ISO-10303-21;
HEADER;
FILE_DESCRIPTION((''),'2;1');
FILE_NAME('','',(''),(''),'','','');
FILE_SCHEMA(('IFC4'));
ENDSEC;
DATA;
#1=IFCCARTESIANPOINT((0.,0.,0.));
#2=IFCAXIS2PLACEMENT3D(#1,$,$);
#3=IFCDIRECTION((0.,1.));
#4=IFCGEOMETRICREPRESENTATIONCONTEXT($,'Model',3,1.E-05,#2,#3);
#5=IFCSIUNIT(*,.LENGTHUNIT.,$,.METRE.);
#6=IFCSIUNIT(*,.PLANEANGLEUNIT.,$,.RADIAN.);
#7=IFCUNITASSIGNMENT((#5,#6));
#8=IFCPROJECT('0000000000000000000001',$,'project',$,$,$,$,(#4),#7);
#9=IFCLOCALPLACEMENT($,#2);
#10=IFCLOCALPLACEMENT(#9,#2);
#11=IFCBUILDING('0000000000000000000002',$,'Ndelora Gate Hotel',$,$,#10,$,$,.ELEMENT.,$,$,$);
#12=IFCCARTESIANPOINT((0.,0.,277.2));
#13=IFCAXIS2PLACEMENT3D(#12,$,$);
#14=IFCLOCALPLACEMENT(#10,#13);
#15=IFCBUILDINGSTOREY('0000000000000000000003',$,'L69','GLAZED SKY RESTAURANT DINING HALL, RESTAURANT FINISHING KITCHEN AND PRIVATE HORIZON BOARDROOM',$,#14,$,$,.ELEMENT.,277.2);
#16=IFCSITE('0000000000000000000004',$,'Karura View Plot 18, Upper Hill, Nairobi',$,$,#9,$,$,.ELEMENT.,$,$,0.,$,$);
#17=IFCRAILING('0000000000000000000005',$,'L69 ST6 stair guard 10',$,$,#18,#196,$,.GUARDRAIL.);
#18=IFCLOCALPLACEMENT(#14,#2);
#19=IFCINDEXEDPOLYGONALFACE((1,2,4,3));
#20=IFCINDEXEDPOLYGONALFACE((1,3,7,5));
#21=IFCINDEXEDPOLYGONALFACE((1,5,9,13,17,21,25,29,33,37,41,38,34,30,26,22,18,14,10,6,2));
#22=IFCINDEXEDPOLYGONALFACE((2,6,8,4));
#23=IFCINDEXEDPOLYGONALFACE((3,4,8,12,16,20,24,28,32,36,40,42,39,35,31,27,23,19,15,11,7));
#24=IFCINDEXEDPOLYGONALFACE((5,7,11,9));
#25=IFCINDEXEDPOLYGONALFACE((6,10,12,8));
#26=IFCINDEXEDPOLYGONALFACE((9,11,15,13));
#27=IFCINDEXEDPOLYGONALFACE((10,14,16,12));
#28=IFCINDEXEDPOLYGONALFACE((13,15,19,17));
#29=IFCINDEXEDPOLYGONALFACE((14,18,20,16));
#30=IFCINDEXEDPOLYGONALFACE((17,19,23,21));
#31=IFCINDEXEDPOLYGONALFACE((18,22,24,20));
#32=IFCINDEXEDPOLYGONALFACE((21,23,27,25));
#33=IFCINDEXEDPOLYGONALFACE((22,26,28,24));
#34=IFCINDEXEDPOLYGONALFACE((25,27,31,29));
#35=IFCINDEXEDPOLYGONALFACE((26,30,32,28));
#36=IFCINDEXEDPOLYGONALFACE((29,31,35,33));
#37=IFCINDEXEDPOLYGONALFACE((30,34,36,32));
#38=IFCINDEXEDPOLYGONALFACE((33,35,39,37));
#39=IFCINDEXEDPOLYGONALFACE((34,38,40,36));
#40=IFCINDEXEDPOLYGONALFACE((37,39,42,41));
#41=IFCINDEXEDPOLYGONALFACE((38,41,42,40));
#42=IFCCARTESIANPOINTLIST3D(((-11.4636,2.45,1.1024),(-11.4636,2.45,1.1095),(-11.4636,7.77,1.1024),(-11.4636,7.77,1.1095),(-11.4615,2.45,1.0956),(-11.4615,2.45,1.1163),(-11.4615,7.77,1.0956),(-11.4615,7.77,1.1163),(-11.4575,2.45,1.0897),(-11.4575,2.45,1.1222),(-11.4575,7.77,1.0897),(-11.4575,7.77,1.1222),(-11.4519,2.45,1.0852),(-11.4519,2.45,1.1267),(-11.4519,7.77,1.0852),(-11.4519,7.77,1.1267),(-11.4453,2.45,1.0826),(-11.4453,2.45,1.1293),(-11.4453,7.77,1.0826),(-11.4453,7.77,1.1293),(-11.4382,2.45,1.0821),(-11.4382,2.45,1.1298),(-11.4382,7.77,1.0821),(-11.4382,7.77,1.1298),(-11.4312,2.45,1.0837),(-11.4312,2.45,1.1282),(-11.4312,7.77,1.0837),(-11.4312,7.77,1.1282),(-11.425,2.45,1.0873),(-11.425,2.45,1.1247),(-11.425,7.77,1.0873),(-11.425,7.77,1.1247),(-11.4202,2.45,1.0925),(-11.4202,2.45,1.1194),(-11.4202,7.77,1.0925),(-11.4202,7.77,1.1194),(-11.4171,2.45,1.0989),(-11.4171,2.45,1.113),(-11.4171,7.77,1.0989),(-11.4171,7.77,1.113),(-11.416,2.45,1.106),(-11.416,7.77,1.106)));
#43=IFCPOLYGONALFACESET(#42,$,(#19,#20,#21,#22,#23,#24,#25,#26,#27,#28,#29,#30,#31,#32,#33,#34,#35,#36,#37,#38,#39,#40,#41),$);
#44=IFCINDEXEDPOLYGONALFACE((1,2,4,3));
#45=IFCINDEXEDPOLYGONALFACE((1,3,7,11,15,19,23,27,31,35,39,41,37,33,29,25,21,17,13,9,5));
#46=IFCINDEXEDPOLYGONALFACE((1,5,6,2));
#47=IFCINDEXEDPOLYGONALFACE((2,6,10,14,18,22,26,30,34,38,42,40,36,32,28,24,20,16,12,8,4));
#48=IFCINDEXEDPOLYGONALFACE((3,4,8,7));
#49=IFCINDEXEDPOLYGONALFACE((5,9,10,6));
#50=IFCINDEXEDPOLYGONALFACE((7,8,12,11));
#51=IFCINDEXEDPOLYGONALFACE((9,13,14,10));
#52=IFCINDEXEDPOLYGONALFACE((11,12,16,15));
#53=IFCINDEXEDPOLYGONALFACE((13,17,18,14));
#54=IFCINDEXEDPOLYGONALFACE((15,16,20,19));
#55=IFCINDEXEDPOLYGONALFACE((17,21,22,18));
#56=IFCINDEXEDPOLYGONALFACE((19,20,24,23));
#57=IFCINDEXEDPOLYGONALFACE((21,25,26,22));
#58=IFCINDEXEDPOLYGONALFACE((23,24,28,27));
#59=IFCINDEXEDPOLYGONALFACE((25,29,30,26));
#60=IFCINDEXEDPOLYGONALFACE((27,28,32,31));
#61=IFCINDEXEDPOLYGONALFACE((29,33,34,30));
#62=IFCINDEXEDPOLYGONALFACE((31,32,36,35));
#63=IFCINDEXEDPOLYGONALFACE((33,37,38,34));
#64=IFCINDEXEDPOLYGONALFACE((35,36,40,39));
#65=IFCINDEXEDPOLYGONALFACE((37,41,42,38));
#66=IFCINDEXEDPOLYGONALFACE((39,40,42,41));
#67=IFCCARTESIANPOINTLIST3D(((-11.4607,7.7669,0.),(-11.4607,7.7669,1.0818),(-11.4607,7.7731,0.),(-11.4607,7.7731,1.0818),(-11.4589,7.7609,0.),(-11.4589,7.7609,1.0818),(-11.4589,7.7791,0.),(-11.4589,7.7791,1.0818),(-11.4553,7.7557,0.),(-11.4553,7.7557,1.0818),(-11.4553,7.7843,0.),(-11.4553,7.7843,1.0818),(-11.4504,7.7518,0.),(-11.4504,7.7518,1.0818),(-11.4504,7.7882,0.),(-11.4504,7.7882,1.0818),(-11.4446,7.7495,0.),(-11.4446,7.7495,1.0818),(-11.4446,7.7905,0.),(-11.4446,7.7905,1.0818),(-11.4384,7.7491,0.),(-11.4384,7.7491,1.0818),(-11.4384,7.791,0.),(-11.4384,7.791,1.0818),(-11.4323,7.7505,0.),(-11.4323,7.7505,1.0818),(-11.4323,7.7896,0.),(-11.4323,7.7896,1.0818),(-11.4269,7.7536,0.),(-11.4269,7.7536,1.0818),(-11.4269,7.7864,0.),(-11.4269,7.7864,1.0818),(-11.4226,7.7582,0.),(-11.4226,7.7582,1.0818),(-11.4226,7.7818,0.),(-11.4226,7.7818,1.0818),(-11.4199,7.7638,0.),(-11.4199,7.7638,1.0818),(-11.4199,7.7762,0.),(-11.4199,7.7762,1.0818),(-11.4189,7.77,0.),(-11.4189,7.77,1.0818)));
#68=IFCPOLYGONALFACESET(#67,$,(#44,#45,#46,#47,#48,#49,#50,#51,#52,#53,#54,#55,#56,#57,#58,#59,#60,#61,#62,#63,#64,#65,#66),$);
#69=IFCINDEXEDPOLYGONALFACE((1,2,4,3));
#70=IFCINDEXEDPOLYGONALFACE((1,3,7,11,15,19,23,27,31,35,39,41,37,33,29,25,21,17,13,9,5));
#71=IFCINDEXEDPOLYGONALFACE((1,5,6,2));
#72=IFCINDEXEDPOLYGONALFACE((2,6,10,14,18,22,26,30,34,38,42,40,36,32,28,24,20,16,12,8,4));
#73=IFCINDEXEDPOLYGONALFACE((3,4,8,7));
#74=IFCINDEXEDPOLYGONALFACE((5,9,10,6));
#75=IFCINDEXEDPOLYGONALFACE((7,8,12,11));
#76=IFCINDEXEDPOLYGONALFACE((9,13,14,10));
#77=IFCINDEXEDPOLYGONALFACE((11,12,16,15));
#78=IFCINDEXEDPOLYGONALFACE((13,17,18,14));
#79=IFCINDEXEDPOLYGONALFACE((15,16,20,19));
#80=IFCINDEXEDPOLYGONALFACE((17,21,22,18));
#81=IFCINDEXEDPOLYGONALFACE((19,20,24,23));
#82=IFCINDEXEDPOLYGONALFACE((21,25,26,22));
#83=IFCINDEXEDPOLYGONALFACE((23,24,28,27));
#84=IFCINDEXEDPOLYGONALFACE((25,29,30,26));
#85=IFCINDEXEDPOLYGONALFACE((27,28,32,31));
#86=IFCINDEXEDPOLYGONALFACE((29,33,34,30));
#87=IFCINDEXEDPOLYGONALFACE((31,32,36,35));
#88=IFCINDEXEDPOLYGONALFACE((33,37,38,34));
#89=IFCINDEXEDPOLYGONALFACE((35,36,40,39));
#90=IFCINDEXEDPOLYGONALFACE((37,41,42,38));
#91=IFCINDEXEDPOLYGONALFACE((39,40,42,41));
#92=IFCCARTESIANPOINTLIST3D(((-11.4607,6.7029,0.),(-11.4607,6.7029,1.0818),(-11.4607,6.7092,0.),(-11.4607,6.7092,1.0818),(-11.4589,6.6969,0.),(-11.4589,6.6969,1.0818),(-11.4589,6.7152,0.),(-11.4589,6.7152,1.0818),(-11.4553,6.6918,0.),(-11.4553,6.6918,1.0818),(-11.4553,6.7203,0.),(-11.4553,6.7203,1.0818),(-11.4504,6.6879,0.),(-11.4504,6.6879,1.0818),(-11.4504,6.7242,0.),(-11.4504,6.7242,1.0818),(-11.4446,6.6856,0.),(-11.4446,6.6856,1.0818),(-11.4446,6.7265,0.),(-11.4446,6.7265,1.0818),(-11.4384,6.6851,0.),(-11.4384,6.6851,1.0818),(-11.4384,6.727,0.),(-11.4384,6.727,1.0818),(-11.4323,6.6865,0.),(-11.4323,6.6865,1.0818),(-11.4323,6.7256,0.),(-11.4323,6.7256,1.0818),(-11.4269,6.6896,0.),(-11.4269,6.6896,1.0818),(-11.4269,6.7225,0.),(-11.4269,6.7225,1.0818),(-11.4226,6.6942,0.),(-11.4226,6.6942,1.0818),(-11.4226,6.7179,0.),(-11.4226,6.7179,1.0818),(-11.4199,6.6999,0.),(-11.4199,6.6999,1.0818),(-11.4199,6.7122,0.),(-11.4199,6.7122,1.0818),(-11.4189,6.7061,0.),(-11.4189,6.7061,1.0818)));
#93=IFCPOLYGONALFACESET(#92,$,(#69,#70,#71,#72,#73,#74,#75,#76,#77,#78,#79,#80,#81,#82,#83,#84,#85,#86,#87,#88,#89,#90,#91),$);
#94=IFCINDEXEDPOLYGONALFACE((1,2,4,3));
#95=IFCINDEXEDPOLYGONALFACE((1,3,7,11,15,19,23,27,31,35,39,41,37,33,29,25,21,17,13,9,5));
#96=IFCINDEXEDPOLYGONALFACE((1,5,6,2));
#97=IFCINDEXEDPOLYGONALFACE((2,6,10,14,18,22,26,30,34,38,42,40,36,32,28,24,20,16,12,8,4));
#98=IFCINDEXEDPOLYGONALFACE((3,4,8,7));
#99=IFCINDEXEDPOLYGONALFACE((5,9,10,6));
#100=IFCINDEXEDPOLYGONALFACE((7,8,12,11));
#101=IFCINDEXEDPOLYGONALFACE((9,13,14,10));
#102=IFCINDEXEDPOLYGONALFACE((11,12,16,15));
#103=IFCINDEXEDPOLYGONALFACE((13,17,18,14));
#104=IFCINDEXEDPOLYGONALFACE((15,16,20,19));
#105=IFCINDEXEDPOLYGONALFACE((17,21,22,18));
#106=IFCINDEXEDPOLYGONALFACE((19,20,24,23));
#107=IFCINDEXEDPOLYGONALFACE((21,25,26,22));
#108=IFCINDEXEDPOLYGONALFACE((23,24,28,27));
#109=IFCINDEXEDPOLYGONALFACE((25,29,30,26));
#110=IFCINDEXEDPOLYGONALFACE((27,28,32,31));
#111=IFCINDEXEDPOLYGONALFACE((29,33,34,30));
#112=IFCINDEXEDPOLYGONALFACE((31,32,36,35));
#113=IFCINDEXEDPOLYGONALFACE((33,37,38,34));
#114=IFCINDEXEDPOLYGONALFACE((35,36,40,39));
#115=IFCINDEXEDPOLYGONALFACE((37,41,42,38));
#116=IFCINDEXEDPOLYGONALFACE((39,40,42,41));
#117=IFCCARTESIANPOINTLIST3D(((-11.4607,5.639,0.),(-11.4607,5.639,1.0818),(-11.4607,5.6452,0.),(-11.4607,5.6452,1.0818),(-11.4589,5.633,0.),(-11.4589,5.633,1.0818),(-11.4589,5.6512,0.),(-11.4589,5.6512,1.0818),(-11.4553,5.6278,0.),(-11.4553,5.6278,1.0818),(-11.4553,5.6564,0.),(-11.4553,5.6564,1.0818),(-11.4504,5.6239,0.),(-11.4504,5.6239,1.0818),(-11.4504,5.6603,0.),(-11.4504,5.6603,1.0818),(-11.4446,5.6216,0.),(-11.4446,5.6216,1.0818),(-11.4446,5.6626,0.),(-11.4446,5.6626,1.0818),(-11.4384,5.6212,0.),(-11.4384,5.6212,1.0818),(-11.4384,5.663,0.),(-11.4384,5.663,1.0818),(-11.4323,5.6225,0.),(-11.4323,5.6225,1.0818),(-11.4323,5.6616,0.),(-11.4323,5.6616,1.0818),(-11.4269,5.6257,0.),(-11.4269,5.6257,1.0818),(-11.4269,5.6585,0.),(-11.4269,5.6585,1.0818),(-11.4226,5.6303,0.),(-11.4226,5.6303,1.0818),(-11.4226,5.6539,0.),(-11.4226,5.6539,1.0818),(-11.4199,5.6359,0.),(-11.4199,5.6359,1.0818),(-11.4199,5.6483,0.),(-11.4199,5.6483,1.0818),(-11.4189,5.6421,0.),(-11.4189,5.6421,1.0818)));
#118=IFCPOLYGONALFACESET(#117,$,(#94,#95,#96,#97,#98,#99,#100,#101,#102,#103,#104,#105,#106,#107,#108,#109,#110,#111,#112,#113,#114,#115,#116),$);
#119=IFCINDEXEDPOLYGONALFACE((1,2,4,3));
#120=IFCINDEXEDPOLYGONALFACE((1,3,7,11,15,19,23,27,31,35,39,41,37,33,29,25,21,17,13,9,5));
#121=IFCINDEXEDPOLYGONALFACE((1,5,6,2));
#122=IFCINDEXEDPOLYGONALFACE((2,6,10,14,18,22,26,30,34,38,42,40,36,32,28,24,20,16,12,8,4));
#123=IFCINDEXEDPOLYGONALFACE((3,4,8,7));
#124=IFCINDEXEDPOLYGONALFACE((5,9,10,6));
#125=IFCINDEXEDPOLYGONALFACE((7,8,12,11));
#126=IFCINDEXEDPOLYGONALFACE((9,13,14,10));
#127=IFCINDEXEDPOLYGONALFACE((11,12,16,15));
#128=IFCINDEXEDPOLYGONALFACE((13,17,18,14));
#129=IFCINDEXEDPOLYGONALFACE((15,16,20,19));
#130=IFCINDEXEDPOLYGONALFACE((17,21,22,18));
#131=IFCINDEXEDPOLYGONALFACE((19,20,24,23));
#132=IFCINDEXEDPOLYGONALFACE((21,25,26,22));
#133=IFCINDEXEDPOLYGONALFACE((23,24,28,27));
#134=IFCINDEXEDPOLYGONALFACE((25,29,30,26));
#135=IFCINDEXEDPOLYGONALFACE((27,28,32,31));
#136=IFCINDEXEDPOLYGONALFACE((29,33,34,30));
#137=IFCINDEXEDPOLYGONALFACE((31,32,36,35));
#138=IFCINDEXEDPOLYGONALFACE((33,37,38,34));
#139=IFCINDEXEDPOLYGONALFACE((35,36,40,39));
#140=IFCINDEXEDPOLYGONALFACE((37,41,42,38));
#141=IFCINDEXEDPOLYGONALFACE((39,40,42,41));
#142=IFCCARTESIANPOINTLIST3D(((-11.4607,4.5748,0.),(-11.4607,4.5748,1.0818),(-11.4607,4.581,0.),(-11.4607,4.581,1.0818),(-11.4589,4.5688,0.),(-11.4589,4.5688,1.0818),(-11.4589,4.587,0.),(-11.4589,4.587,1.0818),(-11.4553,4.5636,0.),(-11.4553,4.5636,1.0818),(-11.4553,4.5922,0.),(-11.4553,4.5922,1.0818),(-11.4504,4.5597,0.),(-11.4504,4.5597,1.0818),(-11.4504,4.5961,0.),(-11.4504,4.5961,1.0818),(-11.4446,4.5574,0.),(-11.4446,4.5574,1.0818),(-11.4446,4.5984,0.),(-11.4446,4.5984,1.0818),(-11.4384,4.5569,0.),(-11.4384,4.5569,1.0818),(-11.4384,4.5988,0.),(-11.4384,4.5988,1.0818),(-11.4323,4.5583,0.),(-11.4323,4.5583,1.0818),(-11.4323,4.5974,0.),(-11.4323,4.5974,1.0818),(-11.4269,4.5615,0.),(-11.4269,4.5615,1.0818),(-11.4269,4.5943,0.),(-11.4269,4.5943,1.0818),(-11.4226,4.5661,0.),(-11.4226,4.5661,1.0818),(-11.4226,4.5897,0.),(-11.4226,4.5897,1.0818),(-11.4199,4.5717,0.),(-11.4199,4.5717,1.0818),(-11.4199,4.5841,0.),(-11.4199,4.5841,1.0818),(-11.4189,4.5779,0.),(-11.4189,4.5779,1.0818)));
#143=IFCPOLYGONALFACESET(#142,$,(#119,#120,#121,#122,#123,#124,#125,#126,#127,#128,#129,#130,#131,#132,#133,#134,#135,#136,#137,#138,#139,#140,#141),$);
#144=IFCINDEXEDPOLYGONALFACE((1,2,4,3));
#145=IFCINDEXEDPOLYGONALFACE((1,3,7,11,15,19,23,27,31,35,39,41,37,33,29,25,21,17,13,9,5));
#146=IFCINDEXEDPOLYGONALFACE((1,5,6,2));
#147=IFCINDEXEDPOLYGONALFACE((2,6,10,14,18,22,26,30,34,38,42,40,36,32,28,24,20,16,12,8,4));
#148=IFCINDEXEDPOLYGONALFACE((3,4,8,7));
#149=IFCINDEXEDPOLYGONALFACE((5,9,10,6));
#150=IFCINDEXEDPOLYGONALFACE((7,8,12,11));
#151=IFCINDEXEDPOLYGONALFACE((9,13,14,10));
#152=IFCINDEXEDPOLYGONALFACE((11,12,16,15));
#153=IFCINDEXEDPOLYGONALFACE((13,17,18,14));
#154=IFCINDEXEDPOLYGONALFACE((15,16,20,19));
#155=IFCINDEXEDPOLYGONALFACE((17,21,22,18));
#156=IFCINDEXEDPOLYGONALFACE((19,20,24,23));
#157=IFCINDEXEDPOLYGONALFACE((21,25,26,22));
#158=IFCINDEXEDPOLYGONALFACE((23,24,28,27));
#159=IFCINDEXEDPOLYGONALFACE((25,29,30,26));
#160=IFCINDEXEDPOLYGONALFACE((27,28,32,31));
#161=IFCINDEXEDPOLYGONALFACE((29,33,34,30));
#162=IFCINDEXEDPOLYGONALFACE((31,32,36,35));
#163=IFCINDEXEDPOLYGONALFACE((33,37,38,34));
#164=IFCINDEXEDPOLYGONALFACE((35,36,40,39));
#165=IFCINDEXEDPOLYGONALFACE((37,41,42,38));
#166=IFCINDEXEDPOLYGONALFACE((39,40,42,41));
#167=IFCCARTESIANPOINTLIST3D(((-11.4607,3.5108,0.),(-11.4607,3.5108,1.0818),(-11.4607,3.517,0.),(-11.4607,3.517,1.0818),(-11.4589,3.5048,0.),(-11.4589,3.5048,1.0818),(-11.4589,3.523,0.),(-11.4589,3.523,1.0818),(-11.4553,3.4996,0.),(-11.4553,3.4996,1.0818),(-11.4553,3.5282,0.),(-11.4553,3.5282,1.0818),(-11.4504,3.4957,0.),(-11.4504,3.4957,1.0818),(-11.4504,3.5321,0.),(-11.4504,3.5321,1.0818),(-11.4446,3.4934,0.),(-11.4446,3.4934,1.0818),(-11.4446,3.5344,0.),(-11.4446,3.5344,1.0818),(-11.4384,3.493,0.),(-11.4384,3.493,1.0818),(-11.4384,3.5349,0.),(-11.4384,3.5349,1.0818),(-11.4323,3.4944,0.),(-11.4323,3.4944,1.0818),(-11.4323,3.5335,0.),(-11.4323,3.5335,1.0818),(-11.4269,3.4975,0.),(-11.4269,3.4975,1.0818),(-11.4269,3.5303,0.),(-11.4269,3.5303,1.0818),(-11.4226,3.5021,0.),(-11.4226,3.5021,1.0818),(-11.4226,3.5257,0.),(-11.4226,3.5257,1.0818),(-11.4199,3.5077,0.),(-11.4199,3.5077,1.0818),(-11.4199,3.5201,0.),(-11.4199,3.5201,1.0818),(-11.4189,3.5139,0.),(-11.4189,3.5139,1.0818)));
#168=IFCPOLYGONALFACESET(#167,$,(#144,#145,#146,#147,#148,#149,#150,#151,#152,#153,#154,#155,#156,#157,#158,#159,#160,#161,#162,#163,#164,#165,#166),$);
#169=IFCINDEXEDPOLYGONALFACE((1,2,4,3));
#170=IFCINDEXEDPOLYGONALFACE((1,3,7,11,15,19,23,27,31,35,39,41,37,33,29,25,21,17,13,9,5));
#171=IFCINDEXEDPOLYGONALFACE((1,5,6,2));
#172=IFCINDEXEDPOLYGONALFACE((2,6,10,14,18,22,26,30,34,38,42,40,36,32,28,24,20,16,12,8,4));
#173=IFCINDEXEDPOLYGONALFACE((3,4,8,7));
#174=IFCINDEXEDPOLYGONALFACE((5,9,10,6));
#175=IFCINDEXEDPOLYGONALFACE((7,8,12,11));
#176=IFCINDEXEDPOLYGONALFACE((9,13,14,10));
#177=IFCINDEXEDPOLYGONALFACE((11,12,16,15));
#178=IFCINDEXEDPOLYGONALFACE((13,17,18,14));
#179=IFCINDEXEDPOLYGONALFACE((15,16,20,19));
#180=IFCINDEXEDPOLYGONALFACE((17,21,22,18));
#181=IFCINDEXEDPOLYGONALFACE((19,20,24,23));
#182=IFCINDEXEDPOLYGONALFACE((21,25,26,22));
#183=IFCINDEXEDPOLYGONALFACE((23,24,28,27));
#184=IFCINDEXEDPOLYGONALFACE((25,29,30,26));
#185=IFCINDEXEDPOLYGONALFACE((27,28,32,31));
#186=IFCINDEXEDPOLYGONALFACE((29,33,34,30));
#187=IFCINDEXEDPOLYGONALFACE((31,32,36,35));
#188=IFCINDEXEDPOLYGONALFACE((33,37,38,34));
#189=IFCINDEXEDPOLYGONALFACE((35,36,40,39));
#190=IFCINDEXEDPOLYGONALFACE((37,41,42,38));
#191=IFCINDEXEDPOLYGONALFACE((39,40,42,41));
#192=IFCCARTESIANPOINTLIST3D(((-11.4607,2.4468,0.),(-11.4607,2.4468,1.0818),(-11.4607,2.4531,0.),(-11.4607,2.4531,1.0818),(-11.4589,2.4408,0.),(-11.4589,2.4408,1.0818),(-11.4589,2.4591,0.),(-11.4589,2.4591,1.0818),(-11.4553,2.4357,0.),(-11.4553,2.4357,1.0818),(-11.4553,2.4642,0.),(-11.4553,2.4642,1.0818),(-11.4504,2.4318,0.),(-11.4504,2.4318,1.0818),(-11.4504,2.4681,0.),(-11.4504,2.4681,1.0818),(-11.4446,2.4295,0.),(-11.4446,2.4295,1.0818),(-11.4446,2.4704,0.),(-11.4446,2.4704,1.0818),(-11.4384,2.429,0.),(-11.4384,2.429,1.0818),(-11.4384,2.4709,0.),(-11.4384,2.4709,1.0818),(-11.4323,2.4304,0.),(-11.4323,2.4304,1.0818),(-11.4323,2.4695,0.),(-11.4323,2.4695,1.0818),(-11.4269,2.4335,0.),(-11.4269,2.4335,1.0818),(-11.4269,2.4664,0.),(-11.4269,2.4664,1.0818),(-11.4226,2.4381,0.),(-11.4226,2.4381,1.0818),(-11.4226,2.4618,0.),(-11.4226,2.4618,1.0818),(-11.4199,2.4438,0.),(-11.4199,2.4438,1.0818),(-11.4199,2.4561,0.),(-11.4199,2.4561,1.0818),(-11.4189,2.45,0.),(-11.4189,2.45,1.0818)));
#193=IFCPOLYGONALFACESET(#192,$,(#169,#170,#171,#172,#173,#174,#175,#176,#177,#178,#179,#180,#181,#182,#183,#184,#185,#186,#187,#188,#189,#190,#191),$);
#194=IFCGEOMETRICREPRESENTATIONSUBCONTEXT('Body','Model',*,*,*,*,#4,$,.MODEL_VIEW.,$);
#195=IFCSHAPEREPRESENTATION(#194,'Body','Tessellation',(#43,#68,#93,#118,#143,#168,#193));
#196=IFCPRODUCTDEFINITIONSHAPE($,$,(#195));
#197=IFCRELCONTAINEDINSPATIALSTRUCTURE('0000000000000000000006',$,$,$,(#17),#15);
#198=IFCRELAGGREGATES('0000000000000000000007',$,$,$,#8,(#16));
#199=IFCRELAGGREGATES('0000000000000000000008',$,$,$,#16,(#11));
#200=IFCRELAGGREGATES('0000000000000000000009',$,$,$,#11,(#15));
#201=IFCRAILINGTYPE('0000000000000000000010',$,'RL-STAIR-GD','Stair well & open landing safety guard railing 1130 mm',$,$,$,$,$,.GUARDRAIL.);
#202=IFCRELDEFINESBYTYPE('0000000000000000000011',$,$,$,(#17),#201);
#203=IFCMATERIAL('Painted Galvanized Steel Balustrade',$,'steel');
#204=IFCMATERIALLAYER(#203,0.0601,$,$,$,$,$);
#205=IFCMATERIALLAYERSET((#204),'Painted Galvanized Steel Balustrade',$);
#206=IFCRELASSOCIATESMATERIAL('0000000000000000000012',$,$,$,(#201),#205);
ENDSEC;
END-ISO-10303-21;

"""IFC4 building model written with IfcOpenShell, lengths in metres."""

from ifc_helpers import new_model, si_unit, direction, frame, origin, origin_2d, place, context, subcontext, project, spatial, circle, extrude, material, layer, layer_set, type_object, element, save


model = new_model("IFC4")

# Units and contexts
model_context = context("Model", 3, precision=1e-05, world=origin(), true_north=direction((0.0, 1.0)))
body_context = subcontext(model_context, "Body", "Model", "MODEL_VIEW")
ifc_project = project(units=[si_unit("LENGTHUNIT", "METRE"), si_unit("PLANEANGLEUNIT", "RADIAN")], contexts=[model_context])

# Site, building, storey
site_placement = place(None, origin())
site = spatial("IfcSite", under=ifc_project, at=site_placement, Name="Karura View Plot 18, Upper Hill, Nairobi", CompositionType="ELEMENT", RefElevation=0.0)
building_placement = place(site_placement, origin())
building = spatial("IfcBuilding", under=site, at=building_placement, Name="Ndelora Gate Hotel", CompositionType="ELEMENT")
storey_placement = place(building_placement, frame((0.0, 0.0, 277.2)))
storey = spatial("IfcBuildingStorey", under=building, at=storey_placement, Name="L69", Description="GLAZED SKY RESTAURANT DINING HALL, RESTAURANT FINISHING KITCHEN AND PRIVATE HORIZON BOARDROOM", CompositionType="ELEMENT", Elevation=277.2)

# Railing
ifc_material_1 = material(Name="Painted Galvanized Steel Balustrade", Category="steel")
ifc_layer_1 = layer(ifc_material_1, 0.0601)
ifc_layer_set_1 = layer_set([ifc_layer_1], Name="Painted Galvanized Steel Balustrade")
railing_type_1 = type_object("IfcRailingType", Name="RL-STAIR-GD", Description="Stair well & open landing safety guard railing 1130 mm", PredefinedType="GUARDRAIL", material=ifc_layer_set_1)
railing_1_placement = place(storey_placement, frame((-11.4399, 7.77, 0.0)))
element("IfcRailing", 1, at=railing_1_placement, inside=storey, type_object=railing_type_1, Name="L69 ST6 stair guard 10", PredefinedType="GUARDRAIL", context=body_context, shape_type="SweptSolid", body=[
    extrude(circle(Radius=0.0239, at=origin_2d()), frame((0.0, 0.0, 1.106), z_axis=(0.0, -1.0, 0.0), x_axis=(1.0, 0.0, 0.0)), (0.0, 0.0, 1.0), 5.3201),
    extrude(circle(Radius=0.021, at=origin_2d()), origin(), (0.0, 0.0, 1.0), 1.0818),
    extrude(circle(Radius=0.021, at=origin_2d()), frame((0.0, -1.064, 0.0)), (0.0, 0.0, 1.0), 1.0818),
    extrude(circle(Radius=0.021, at=origin_2d()), frame((0.0, -2.1279, 0.0)), (0.0, 0.0, 1.0), 1.0818),
    extrude(circle(Radius=0.021, at=origin_2d()), frame((0.0, -3.1921, 0.0)), (0.0, 0.0, 1.0), 1.0818),
    extrude(circle(Radius=0.021, at=origin_2d()), frame((0.0, -4.2561, 0.0)), (0.0, 0.0, 1.0), 1.0818),
    extrude(circle(Radius=0.021, at=origin_2d()), frame((0.0, -5.3201, 0.0)), (0.0, 0.0, 1.0), 1.0818),
])

save(model, "model.ifc")
